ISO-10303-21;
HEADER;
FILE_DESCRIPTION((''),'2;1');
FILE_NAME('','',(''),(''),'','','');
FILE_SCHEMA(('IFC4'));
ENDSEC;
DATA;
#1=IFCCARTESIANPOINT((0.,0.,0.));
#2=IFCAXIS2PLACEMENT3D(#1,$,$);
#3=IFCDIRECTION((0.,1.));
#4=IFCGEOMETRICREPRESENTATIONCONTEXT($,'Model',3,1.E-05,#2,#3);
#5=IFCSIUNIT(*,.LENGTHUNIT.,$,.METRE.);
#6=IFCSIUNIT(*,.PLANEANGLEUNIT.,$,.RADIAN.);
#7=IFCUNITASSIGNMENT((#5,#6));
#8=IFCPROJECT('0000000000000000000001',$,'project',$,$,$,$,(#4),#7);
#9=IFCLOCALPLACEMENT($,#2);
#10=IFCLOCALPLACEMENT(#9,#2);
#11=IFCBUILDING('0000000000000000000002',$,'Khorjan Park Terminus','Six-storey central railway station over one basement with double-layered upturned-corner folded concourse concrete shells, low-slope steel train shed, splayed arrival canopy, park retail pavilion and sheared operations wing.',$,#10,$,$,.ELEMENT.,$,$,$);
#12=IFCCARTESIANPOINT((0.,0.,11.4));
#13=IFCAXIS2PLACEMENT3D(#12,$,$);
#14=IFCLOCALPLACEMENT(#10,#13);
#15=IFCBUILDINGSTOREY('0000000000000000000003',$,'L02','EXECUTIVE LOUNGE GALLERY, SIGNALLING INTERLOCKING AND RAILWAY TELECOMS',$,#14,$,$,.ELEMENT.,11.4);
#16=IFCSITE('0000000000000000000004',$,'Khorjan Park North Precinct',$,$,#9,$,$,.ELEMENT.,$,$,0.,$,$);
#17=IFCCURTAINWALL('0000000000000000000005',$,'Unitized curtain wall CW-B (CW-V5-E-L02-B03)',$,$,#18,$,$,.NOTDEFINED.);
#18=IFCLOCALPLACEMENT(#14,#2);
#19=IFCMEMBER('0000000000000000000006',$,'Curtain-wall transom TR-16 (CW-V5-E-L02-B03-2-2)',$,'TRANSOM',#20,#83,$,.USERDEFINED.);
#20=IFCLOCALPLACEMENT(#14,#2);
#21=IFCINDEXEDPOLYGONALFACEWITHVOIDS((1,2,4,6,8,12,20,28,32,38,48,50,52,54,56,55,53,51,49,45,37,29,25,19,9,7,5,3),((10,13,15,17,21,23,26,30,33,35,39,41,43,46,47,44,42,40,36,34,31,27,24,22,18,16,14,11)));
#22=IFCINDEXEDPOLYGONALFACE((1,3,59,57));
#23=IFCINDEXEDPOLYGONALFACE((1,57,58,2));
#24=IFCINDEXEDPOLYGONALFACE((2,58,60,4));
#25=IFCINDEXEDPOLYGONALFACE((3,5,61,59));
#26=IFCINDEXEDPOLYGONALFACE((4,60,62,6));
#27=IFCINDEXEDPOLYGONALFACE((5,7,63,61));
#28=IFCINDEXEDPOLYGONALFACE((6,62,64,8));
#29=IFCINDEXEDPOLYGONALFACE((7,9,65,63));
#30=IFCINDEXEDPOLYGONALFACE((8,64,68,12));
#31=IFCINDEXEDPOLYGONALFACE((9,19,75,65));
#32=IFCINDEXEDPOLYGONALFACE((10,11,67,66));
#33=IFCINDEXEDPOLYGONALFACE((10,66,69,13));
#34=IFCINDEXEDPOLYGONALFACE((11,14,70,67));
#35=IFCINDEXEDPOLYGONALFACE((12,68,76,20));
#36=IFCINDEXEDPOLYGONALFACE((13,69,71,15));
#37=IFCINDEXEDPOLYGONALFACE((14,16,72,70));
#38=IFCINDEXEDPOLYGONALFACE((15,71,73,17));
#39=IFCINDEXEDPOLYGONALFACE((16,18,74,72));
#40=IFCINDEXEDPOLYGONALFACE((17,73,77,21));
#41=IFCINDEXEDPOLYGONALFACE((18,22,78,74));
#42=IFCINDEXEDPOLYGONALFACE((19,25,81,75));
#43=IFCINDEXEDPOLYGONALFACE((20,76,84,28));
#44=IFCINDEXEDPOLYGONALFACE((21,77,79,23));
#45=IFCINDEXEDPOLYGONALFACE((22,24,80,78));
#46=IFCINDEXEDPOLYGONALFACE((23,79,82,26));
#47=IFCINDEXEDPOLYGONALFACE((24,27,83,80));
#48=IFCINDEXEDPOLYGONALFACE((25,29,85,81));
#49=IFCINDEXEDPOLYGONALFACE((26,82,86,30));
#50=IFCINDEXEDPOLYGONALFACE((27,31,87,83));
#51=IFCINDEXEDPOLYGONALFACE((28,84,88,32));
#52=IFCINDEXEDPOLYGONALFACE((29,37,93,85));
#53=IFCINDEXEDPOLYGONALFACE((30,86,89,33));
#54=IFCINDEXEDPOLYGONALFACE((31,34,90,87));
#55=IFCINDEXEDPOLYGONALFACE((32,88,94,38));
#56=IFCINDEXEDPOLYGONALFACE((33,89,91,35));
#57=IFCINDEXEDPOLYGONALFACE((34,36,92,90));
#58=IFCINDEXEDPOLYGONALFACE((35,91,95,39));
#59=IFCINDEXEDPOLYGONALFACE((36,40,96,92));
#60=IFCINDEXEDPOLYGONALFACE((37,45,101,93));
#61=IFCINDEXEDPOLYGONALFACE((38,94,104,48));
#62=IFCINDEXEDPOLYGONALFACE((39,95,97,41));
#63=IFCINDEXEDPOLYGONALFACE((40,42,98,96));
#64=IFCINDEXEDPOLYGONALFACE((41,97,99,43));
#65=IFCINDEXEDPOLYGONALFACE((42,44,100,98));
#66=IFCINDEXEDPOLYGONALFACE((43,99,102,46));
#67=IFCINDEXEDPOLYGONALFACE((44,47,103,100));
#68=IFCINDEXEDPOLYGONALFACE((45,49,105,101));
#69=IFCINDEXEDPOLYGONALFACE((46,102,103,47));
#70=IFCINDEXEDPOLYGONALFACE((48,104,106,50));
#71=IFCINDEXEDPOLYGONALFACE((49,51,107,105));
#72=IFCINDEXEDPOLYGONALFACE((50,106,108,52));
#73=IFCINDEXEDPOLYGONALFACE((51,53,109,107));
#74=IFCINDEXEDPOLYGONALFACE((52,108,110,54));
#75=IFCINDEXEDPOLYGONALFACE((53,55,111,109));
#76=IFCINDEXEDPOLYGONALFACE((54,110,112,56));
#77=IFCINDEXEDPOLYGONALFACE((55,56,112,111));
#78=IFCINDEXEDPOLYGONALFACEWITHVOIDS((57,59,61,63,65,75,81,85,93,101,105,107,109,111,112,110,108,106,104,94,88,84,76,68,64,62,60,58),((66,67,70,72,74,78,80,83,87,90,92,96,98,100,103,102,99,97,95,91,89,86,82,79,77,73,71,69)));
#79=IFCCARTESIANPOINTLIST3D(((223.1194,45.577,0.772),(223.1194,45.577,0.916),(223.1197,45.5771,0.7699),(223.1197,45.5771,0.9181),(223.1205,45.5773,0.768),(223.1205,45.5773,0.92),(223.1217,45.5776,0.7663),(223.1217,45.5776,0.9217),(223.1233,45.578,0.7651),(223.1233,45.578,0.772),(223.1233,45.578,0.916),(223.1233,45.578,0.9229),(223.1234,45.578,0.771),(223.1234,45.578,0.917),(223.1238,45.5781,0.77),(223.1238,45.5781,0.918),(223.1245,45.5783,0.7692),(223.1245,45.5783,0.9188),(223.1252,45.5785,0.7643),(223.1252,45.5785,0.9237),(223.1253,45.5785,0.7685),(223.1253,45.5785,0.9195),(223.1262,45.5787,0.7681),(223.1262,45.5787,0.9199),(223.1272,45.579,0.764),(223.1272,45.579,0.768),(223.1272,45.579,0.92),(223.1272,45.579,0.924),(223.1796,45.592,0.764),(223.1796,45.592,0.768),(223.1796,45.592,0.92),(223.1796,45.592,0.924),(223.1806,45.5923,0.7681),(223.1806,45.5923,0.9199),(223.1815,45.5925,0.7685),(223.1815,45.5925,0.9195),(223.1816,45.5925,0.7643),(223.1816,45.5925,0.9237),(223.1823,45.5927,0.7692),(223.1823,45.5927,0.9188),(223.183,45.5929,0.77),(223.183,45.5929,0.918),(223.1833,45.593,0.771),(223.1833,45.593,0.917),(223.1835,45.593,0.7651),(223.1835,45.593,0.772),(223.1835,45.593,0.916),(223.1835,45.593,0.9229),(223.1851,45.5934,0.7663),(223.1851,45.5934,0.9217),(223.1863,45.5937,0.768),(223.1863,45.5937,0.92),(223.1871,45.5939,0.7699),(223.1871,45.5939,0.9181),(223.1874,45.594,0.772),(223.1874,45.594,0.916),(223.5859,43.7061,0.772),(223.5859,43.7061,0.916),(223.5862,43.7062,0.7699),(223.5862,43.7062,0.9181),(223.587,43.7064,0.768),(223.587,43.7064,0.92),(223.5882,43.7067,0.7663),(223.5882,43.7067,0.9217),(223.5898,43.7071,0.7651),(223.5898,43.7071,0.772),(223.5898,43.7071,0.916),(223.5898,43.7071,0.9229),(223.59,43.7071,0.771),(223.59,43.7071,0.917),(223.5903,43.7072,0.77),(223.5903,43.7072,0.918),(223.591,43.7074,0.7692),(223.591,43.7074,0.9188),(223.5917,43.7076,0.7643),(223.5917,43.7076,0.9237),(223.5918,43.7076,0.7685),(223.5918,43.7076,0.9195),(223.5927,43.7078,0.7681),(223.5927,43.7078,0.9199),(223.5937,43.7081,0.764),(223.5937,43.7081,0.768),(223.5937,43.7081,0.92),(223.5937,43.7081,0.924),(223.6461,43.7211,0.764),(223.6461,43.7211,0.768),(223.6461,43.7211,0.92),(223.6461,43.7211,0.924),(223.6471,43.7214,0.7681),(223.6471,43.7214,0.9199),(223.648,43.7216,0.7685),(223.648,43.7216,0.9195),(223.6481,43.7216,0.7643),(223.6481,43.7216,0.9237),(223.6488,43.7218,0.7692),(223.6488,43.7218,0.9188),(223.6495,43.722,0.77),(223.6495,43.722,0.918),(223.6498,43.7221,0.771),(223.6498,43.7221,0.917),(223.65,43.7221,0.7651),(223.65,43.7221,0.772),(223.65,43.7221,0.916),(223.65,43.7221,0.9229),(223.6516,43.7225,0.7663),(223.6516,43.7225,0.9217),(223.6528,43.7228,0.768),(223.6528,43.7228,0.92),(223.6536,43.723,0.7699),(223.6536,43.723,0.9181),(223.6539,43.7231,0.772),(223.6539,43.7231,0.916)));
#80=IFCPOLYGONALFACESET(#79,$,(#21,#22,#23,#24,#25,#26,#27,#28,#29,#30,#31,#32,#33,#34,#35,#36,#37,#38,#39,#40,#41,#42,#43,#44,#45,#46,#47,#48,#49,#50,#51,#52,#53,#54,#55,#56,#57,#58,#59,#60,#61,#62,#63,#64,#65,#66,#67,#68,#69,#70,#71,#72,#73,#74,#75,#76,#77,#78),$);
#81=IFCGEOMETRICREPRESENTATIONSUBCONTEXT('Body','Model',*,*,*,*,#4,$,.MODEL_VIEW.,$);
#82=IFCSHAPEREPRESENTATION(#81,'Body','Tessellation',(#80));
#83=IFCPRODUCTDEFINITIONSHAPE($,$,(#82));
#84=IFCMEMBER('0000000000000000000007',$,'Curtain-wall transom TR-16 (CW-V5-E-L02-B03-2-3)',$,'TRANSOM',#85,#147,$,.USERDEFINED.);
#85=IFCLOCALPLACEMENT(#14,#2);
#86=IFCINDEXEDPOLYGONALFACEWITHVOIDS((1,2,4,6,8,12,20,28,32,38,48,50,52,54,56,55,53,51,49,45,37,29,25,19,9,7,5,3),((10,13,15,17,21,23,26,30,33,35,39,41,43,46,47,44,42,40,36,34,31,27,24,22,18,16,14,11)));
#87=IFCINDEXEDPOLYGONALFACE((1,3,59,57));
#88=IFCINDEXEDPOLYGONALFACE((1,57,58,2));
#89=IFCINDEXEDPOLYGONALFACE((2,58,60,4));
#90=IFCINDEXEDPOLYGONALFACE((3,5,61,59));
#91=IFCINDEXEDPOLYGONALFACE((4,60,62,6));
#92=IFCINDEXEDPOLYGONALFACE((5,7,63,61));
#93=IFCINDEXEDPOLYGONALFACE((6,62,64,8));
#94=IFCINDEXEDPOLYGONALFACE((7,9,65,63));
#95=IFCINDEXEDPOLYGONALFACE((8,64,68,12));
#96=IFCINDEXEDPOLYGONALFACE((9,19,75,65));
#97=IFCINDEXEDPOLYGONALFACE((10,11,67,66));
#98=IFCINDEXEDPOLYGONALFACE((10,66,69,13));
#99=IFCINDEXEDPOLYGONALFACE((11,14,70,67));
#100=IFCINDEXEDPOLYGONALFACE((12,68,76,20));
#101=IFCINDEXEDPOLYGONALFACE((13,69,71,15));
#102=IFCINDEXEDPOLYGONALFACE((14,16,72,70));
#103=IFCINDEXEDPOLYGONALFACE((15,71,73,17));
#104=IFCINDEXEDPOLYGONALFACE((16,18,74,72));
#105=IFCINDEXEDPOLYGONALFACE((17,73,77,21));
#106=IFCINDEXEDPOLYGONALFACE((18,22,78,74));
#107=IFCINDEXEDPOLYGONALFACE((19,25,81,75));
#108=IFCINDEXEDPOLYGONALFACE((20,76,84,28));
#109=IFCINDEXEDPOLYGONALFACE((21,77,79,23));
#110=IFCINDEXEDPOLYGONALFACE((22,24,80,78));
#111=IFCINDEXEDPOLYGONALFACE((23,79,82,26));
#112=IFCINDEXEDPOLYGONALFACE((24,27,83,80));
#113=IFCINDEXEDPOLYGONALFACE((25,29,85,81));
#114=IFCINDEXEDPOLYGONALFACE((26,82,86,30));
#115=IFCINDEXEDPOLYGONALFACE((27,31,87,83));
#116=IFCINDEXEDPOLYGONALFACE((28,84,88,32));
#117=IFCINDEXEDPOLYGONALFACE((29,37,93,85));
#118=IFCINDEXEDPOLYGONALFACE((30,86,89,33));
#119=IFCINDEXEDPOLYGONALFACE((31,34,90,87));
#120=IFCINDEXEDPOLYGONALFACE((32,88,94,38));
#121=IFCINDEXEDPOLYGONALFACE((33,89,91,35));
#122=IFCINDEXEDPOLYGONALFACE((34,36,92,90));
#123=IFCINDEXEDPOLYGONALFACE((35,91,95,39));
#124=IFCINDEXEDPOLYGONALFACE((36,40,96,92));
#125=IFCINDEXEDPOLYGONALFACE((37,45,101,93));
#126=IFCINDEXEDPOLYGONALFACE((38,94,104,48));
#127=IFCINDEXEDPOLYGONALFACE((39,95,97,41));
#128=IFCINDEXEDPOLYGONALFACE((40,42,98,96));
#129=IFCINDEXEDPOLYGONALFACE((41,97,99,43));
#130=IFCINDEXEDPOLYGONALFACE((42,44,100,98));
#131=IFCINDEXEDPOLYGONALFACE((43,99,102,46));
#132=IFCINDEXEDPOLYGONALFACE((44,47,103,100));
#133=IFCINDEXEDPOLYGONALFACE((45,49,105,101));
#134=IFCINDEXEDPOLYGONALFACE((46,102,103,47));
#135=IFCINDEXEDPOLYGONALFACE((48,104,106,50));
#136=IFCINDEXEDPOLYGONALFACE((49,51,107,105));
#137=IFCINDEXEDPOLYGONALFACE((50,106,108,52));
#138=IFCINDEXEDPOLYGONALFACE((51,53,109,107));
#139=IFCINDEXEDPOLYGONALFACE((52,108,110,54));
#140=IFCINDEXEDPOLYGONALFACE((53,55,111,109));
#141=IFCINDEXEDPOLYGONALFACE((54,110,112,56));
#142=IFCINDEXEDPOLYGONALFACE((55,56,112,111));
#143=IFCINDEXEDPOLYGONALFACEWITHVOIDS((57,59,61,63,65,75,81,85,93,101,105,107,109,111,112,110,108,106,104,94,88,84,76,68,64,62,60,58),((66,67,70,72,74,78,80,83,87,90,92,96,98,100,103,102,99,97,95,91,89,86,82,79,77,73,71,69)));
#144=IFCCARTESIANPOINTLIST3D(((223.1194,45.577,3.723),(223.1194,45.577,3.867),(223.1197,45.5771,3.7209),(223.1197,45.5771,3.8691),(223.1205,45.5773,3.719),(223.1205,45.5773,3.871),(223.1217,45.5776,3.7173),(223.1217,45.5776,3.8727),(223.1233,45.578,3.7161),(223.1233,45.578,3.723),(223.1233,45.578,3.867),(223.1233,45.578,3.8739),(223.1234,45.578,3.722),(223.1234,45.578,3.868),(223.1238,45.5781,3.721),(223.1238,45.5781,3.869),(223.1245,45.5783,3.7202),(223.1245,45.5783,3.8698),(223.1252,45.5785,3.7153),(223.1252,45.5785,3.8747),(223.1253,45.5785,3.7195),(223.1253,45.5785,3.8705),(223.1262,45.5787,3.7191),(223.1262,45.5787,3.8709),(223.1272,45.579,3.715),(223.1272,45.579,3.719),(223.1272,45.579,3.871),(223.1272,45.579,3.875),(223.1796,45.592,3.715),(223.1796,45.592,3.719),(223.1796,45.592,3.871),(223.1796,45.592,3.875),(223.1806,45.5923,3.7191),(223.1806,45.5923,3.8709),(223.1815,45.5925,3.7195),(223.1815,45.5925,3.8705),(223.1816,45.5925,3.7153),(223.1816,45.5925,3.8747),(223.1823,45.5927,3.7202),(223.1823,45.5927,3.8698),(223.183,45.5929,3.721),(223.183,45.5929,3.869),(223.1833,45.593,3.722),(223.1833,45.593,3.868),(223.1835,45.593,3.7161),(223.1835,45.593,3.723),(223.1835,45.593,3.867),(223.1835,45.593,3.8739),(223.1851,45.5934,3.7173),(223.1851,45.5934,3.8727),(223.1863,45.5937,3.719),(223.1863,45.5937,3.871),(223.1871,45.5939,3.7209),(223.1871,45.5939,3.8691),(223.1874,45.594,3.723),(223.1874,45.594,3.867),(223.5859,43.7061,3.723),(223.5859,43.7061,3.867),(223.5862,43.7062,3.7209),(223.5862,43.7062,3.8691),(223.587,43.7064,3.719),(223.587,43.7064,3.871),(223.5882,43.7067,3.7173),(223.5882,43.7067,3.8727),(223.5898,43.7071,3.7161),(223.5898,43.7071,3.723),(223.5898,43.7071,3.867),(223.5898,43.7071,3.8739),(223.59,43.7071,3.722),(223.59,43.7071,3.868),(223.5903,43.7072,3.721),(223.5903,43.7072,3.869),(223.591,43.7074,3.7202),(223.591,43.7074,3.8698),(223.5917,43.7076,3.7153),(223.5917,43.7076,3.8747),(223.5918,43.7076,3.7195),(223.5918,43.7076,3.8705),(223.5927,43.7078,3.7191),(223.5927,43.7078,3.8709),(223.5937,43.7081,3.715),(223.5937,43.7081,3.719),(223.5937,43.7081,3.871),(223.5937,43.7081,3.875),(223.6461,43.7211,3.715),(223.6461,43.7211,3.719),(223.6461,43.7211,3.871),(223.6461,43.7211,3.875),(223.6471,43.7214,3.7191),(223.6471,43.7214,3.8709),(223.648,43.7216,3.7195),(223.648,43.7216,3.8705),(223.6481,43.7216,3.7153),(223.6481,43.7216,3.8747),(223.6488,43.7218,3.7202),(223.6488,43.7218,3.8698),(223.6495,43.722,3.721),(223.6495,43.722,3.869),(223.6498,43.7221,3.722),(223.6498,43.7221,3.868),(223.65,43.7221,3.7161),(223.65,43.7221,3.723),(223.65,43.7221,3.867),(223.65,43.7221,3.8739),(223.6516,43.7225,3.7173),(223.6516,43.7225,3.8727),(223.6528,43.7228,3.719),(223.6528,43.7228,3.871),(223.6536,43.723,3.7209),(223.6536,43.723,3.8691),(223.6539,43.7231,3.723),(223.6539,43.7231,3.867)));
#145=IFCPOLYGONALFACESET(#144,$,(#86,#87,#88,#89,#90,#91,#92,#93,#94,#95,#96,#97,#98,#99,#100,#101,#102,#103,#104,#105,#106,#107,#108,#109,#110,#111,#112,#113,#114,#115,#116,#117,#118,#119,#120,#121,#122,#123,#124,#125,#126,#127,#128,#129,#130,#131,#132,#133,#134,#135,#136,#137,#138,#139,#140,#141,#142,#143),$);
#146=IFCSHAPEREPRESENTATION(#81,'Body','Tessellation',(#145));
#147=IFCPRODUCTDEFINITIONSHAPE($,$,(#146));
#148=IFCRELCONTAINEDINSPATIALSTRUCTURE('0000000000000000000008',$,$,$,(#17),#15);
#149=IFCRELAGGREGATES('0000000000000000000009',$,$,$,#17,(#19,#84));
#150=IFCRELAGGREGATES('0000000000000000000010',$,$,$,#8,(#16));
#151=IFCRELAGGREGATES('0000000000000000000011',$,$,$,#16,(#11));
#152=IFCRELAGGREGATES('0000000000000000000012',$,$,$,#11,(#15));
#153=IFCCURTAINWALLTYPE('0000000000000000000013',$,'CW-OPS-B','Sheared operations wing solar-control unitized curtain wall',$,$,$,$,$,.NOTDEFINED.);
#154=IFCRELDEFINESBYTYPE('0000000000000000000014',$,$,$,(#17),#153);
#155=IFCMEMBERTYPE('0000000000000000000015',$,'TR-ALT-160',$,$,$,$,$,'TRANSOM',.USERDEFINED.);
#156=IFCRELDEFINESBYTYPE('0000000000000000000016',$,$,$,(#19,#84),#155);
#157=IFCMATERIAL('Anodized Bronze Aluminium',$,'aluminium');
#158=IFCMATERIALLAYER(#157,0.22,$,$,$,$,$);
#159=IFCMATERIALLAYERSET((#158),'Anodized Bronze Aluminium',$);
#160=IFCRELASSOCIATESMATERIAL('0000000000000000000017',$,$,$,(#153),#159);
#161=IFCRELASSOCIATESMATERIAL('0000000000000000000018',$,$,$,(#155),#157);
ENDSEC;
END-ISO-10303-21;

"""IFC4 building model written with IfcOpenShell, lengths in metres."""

from ifc_helpers import new_model, si_unit, direction, frame, origin, origin_2d, place, context, subcontext, project, spatial, hollow_rectangle, extrude, material, layer, layer_set, material_profile, profile_set, type_object, element, aggregate, save


model = new_model("IFC4")

# Units and contexts
model_context = context("Model", 3, precision=1e-05, world=origin(), true_north=direction((0.0, 1.0)))
body_context = subcontext(model_context, "Body", "Model", "MODEL_VIEW")
ifc_project = project(units=[si_unit("LENGTHUNIT", "METRE"), si_unit("PLANEANGLEUNIT", "RADIAN")], contexts=[model_context])

# Site, building, storey
site_placement = place(None, origin())
site = spatial("IfcSite", under=ifc_project, at=site_placement, Name="Khorjan Park North Precinct", CompositionType="ELEMENT", RefElevation=0.0)
building_placement = place(site_placement, origin())
building = spatial("IfcBuilding", under=site, at=building_placement, Name="Khorjan Park Terminus", Description="Six-storey central railway station over one basement with double-layered upturned-corner folded concourse concrete shells, low-slope steel train shed, splayed arrival canopy, park retail pavilion and sheared operations wing.", CompositionType="ELEMENT")
storey_placement = place(building_placement, frame((0.0, 0.0, 11.4)))
storey = spatial("IfcBuildingStorey", under=building, at=storey_placement, Name="L02", Description="EXECUTIVE LOUNGE GALLERY, SIGNALLING INTERLOCKING AND RAILWAY TELECOMS", CompositionType="ELEMENT", Elevation=11.4)

# Curtain wall, members
ifc_material_1 = material(Name="Anodized Bronze Aluminium", Category="aluminium")
ifc_layer_1 = layer(ifc_material_1, 0.22)
ifc_layer_set_1 = layer_set([ifc_layer_1], Name="Anodized Bronze Aluminium")
curtain_wall_type = type_object("IfcCurtainWallType", Name="CW-OPS-B", Description="Sheared operations wing solar-control unitized curtain wall", PredefinedType="NOTDEFINED", material=ifc_layer_set_1)
curtain_wall_placement = place(storey_placement, origin())
curtain_wall = element("IfcCurtainWall", 1, at=curtain_wall_placement, inside=storey, type_object=curtain_wall_type, Name="Unitized curtain wall CW-B (CW-V5-E-L02-B03)", PredefinedType="NOTDEFINED")
ifc_material_profile_1 = material_profile(ifc_material_1, hollow_rectangle(XDim=0.07, YDim=0.16, WallThickness=0.004, InnerFilletRadius=0.004, OuterFilletRadius=0.008, at=origin_2d()), Name="ALT 70x160x4")
ifc_profile_set_1 = profile_set([ifc_material_profile_1], Name="Anodized Bronze Aluminium")
member_type_1 = type_object("IfcMemberType", Name="TR-ALT-160", ElementType="TRANSOM", PredefinedType="USERDEFINED", material=ifc_profile_set_1)
member_1_placement = place(storey_placement, frame((223.6199, 43.7146, 0.844), z_axis=(-0.241938, 0.970292, 0.0), x_axis=(-0.970292, -0.241938, 0.0)))
member_1 = element("IfcMember", 2, at=member_1_placement, type_object=member_type_1, Name="Curtain-wall transom TR-16 (CW-V5-E-L02-B03-2-2)", ObjectType="TRANSOM", PredefinedType="USERDEFINED", context=body_context, shape_type="SweptSolid", body=[
    extrude(hollow_rectangle(XDim=0.07, YDim=0.16, WallThickness=0.004, InnerFilletRadius=0.004, OuterFilletRadius=0.008, at=origin_2d()), origin(), (0.0, 0.0, 1.0), 1.9282),
])
member_2_placement = place(storey_placement, frame((223.6199, 43.7146, 3.795), z_axis=(-0.241938, 0.970292, 0.0), x_axis=(-0.970292, -0.241938, 0.0)))
member_2 = element("IfcMember", 3, at=member_2_placement, type_object=member_type_1, Name="Curtain-wall transom TR-16 (CW-V5-E-L02-B03-2-3)", ObjectType="TRANSOM", PredefinedType="USERDEFINED", context=body_context, shape_type="SweptSolid", body=[
    extrude(hollow_rectangle(XDim=0.07, YDim=0.16, WallThickness=0.004, InnerFilletRadius=0.004, OuterFilletRadius=0.008, at=origin_2d()), origin(), (0.0, 0.0, 1.0), 1.9282),
])
aggregate(curtain_wall, [member_1, member_2])

save(model, "model.ifc")
